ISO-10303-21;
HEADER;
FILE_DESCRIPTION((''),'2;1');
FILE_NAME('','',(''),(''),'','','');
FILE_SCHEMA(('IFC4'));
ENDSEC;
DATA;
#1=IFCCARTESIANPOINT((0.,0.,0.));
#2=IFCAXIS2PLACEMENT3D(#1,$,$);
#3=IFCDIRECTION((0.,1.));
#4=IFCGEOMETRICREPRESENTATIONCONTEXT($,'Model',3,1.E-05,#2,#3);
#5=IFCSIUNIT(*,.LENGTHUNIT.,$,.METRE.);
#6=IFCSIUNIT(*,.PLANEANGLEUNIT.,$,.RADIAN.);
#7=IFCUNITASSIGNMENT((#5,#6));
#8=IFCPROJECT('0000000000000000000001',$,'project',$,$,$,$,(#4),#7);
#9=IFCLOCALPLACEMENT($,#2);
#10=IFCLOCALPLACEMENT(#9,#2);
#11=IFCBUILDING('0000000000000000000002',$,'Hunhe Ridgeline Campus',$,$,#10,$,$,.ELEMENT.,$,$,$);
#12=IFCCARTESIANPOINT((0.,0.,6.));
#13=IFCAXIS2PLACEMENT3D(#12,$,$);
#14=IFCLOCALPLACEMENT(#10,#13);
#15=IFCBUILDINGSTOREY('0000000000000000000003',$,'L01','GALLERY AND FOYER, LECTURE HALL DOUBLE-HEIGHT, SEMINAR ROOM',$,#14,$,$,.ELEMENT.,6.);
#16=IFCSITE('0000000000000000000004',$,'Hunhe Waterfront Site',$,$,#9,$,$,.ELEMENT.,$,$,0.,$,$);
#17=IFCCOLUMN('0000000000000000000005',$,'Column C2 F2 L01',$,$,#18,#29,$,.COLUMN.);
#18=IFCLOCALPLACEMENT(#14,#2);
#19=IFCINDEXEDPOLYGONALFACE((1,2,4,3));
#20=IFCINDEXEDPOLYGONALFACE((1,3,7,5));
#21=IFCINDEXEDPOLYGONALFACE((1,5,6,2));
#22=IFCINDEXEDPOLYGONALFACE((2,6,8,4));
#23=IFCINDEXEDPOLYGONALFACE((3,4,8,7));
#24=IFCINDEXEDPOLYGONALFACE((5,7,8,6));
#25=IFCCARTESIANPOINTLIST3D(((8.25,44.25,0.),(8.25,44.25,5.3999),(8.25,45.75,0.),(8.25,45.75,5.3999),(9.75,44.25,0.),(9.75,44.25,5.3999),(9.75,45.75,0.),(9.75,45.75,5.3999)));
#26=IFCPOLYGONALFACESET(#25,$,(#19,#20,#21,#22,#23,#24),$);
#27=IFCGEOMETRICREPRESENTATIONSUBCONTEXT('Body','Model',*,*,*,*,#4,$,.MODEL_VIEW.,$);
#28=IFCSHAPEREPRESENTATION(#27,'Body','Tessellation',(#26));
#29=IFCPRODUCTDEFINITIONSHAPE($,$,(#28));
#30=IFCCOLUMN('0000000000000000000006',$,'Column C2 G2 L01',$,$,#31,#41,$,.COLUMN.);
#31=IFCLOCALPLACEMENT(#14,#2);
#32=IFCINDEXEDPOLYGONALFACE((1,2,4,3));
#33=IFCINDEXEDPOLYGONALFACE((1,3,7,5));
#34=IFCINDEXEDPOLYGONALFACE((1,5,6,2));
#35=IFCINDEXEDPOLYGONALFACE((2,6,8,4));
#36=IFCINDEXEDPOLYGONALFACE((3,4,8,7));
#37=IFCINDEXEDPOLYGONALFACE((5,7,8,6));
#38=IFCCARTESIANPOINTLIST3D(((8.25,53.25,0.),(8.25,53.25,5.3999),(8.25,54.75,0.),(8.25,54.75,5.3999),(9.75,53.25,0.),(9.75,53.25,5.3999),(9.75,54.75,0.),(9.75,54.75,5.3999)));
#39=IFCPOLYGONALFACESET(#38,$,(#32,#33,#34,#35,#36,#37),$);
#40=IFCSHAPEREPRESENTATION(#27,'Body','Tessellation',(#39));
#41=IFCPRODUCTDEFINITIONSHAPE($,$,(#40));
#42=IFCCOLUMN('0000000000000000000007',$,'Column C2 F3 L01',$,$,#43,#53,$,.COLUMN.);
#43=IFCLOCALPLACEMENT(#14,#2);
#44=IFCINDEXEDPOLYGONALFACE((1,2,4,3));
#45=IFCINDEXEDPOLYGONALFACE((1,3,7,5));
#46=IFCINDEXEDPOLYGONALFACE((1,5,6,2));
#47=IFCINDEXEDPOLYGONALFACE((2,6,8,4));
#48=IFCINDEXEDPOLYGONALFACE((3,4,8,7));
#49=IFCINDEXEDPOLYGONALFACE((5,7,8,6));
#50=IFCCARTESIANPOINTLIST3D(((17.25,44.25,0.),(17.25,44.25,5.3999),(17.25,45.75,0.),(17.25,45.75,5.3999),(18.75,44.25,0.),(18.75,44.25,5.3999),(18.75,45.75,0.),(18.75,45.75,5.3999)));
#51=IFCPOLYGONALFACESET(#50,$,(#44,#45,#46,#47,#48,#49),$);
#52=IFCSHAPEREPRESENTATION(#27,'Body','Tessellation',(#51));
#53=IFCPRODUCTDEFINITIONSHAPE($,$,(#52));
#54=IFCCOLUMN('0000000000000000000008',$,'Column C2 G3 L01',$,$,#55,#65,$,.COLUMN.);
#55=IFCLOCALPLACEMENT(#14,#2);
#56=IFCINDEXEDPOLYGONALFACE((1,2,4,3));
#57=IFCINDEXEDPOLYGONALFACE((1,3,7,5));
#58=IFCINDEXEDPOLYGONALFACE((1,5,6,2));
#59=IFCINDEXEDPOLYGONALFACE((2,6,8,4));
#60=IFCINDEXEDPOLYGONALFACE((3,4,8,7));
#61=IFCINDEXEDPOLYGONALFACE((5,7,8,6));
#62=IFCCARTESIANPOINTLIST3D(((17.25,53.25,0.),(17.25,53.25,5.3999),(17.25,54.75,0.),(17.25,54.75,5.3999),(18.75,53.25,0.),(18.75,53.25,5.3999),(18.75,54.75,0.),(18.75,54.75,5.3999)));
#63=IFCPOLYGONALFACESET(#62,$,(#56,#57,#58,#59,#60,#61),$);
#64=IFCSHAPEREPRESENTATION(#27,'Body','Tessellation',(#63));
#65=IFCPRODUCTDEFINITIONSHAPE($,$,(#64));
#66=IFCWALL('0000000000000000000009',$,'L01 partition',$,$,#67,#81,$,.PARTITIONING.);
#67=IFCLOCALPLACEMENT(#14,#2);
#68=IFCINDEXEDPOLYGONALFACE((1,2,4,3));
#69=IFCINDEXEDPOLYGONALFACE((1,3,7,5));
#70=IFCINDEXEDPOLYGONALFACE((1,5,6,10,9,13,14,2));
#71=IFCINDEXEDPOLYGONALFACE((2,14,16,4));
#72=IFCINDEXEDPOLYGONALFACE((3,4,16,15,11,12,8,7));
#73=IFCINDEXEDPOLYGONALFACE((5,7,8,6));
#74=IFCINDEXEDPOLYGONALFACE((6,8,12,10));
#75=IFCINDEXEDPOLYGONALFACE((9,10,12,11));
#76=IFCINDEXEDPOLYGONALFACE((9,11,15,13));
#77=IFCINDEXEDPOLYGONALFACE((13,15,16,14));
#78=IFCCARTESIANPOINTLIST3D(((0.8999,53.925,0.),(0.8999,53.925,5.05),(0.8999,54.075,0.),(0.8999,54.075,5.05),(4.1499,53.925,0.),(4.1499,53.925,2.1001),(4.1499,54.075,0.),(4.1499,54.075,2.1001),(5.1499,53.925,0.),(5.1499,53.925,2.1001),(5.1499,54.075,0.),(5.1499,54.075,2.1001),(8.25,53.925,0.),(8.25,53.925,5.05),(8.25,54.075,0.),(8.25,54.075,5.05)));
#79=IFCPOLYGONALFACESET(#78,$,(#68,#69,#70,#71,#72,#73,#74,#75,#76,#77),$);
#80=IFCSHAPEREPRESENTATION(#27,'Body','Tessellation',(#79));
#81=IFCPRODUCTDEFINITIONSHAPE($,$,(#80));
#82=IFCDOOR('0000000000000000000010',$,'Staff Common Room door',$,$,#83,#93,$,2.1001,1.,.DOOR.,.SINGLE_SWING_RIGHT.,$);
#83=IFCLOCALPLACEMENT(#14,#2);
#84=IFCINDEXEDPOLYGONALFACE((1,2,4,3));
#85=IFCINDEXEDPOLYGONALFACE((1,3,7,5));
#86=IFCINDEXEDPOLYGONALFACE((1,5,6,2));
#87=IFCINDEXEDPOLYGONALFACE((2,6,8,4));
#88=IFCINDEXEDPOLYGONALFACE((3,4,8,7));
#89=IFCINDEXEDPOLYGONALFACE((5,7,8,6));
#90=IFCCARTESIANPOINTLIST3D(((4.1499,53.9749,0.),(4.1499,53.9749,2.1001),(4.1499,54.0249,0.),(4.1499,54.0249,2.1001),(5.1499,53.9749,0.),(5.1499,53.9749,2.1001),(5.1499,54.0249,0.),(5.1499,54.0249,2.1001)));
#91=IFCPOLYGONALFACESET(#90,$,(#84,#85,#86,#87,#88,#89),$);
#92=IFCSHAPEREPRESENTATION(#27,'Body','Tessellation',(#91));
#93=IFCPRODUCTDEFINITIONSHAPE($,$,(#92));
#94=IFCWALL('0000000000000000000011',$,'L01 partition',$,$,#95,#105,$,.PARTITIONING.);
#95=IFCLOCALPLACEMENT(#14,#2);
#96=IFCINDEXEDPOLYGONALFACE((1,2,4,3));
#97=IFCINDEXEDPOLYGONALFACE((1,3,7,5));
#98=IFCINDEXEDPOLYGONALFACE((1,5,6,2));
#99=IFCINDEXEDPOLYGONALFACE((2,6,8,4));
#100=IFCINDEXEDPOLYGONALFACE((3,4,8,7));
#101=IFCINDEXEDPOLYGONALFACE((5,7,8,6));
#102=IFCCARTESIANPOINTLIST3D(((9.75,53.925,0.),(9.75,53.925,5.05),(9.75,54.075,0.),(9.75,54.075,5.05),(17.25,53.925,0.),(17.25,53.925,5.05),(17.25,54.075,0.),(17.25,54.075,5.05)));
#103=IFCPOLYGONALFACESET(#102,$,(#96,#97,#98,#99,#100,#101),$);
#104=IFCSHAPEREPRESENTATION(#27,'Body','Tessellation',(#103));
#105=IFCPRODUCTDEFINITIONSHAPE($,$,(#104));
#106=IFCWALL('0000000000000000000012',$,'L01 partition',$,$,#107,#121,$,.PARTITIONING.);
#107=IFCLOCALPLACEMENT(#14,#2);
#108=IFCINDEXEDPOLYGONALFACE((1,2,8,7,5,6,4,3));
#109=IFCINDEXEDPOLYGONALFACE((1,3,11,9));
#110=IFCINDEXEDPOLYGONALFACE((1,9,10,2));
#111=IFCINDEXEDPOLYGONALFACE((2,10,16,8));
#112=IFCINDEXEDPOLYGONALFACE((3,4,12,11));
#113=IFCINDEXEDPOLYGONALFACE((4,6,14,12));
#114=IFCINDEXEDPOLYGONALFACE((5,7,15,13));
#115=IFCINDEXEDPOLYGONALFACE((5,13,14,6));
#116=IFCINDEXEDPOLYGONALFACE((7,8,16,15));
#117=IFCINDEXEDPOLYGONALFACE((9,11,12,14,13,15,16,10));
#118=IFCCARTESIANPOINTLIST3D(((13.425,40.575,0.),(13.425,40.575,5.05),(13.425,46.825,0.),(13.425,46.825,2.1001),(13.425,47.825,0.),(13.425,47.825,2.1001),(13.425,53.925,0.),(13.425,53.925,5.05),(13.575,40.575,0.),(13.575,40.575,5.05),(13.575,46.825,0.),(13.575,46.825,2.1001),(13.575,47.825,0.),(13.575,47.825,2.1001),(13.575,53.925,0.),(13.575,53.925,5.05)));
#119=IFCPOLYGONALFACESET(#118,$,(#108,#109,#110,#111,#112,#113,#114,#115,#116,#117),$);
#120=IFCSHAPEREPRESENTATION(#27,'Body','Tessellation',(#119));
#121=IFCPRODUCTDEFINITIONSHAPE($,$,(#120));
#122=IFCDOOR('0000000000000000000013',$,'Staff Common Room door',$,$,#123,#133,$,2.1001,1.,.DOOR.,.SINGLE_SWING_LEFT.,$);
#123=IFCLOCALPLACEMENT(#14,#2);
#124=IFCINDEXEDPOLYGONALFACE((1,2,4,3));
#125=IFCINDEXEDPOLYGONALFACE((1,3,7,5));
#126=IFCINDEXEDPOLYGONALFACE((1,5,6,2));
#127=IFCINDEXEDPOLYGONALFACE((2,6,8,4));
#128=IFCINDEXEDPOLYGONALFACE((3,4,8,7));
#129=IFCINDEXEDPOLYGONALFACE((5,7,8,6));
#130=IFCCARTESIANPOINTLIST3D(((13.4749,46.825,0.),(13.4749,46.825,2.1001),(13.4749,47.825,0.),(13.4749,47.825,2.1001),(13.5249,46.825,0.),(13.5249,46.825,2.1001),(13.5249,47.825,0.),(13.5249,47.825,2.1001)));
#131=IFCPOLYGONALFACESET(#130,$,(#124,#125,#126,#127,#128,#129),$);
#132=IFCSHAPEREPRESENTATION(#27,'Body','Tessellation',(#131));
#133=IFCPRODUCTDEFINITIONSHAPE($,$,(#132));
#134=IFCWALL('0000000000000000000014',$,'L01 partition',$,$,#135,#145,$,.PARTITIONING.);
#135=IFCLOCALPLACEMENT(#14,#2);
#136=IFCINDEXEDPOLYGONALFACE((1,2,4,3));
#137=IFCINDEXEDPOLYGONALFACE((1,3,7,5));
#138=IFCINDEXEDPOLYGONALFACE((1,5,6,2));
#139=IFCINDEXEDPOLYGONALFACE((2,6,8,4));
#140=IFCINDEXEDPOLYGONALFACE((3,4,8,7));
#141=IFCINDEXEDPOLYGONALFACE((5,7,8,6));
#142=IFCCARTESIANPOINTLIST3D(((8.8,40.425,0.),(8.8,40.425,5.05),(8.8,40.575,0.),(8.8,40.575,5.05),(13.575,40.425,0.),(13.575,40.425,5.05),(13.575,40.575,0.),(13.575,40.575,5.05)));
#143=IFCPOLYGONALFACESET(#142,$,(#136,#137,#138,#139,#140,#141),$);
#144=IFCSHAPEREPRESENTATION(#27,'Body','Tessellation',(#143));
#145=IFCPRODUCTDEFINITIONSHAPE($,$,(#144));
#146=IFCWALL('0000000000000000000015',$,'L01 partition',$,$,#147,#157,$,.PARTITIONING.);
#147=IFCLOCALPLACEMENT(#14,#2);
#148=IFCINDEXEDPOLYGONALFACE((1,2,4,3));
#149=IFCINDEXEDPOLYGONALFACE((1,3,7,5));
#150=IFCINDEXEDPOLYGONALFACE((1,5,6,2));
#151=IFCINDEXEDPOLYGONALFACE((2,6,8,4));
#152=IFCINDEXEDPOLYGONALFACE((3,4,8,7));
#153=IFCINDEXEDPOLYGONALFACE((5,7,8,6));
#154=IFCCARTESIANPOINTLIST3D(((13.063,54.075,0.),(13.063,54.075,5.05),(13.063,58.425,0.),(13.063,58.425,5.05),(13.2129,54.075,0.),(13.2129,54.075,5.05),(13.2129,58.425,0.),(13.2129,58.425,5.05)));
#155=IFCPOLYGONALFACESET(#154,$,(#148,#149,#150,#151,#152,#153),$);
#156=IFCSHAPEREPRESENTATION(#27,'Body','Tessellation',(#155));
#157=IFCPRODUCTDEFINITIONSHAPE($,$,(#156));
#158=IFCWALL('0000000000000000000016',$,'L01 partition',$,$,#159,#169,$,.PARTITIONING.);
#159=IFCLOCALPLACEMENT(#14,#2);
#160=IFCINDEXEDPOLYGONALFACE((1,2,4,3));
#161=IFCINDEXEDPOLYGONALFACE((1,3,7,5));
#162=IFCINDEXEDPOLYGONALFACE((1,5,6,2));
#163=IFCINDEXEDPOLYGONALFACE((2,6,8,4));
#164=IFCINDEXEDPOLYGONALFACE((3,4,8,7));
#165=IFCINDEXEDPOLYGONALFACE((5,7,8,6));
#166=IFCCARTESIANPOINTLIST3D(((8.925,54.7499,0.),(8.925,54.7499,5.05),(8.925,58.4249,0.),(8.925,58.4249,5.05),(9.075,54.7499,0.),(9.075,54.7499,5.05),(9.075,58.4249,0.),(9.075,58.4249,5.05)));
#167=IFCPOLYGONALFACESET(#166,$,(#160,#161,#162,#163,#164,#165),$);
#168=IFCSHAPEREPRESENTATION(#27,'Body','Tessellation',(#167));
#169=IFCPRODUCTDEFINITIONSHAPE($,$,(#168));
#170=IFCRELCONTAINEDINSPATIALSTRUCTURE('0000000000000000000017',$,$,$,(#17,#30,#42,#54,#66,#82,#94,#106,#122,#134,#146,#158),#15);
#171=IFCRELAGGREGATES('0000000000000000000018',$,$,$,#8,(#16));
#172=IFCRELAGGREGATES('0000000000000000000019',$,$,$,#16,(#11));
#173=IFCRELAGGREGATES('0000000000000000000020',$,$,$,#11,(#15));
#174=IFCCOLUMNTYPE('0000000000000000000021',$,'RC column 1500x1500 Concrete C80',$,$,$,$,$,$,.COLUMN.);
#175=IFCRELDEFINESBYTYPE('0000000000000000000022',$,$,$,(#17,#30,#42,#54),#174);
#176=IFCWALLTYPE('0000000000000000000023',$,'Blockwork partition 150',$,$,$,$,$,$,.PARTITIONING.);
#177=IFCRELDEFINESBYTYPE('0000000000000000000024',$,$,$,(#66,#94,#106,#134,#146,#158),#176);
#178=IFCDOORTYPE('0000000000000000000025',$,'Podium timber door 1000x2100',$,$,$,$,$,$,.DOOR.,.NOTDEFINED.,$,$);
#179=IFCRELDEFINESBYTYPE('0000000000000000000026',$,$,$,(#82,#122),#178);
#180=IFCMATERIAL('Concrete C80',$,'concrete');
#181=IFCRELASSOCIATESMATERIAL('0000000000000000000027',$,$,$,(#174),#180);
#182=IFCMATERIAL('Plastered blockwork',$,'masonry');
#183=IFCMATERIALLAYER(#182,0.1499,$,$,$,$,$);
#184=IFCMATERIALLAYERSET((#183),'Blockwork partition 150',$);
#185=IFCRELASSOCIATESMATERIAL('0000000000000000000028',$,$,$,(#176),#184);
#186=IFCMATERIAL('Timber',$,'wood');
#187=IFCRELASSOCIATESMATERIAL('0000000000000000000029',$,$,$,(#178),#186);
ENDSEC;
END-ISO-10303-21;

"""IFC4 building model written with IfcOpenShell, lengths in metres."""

from ifc_helpers import new_model, si_unit, direction, frame, frame_2d, origin, origin_2d, place, context, subcontext, project, spatial, rectangle, extrude, material, layer, layer_set, material_profile, profile_set, type_object, element, fill, save


model = new_model("IFC4")

# Units and contexts
model_context = context("Model", 3, precision=1e-05, world=origin(), true_north=direction((0.0, 1.0)))
body_context = subcontext(model_context, "Body", "Model", "MODEL_VIEW")
ifc_project = project(units=[si_unit("LENGTHUNIT", "METRE"), si_unit("PLANEANGLEUNIT", "RADIAN")], contexts=[model_context])

# Site, building, storey
site_placement = place(None, origin())
site = spatial("IfcSite", under=ifc_project, at=site_placement, Name="Hunhe Waterfront Site", CompositionType="ELEMENT", RefElevation=0.0)
building_placement = place(site_placement, origin())
building = spatial("IfcBuilding", under=site, at=building_placement, Name="Hunhe Ridgeline Campus", CompositionType="ELEMENT")
storey_placement = place(building_placement, frame((0.0, 0.0, 6.0)))
storey = spatial("IfcBuildingStorey", under=building, at=storey_placement, Name="L01", Description="GALLERY AND FOYER, LECTURE HALL DOUBLE-HEIGHT, SEMINAR ROOM", CompositionType="ELEMENT", Elevation=6.0)

# Columns
ifc_material_1 = material(Name="Concrete C80", Category="concrete")
ifc_material_profile = material_profile(ifc_material_1, rectangle(XDim=1.5, YDim=1.5, at=origin_2d()))
ifc_profile_set = profile_set([ifc_material_profile], Name="Concrete C80")
column_type = type_object("IfcColumnType", Name="RC column 1500x1500 Concrete C80", PredefinedType="COLUMN", material=ifc_profile_set)
for number, where, z_axis, x_axis, name in (
    (1, (9.0, 45.0, 0.0), (0.0, 0.0, 1.0), (1.0, 0.0, 0.0), "Column C2 F2 L01"),
    (2, (9.0, 54.0, 0.0), (0.0, 0.0, 1.0), (1.0, 0.0, 0.0), "Column C2 G2 L01"),
    (3, (18.0, 45.0, 0.0), (0.0, 0.0, 1.0), (1.0, 0.0, 0.0), "Column C2 F3 L01"),
    (4, (18.0, 54.0, 0.0), (0.0, 0.0, 1.0), (1.0, 0.0, 0.0), "Column C2 G3 L01"),
):
    element("IfcColumn", number, at=place(storey_placement, frame(where, z_axis=z_axis, x_axis=x_axis)), inside=storey, type_object=column_type, Name=name, PredefinedType="COLUMN", context=body_context, shape_type="SweptSolid", body=[
        extrude(rectangle(XDim=1.5, YDim=1.5, at=origin_2d()), origin(), (0.0, 0.0, 1.0), 5.3999),
    ])

# Wall, opening, door
ifc_material_2 = material(Name="Plastered blockwork", Category="masonry")
ifc_layer_1 = layer(ifc_material_2, 0.1499)
ifc_layer_set_1 = layer_set([ifc_layer_1], Name="Blockwork partition 150")
wall_type_1 = type_object("IfcWallType", Name="Blockwork partition 150", PredefinedType="PARTITIONING", material=ifc_layer_set_1)
wall_1_placement = place(storey_placement, frame((0.8999, 54.0, 0.0), z_axis=(0.0, 0.0, 1.0), x_axis=(1.0, 0.0, 0.0)))
wall_1 = element("IfcWall", 5, at=wall_1_placement, inside=storey, type_object=wall_type_1, Name="L01 partition", PredefinedType="PARTITIONING", context=body_context, shape_type="SweptSolid", body=[
    extrude(rectangle(XDim=7.3501, YDim=0.1499, at=frame_2d((3.675, 0.0))), origin(), (0.0, 0.0, 1.0), 5.05),
])
opening_1_placement = place(wall_1_placement, frame((3.25, 0.0, 0.0)))
opening_1 = element("IfcOpeningElement", 6, at=opening_1_placement, cuts=wall_1, PredefinedType="OPENING", context=body_context, shape_type="SweptSolid", body=[
    extrude(rectangle(XDim=1.0, YDim=2.1001, at=frame_2d((0.5, 1.05))), frame((0.0, 0.075, 0.0), z_axis=(0.0, -1.0, 0.0), x_axis=(1.0, 0.0, 0.0)), (0.0, 0.0, 1.0), 0.1499),
])
ifc_material_3 = material(Name="Timber", Category="wood")
door_type_1 = type_object("IfcDoorType", Name="Podium timber door 1000x2100", OperationType="NOTDEFINED", PredefinedType="DOOR", material=ifc_material_3)
door_1_placement = place(opening_1_placement, origin())
door_1 = element("IfcDoor", 7, at=door_1_placement, inside=storey, type_object=door_type_1, Name="Staff Common Room door", OperationType="SINGLE_SWING_RIGHT", OverallHeight=2.1001, OverallWidth=1.0, PredefinedType="DOOR", context=body_context, shape_type="SweptSolid", body=[
    extrude(rectangle(XDim=1.0, YDim=2.1001, at=frame_2d((0.5, 1.05))), frame((0.0, 0.0249, 0.0), z_axis=(0.0, -1.0, 0.0), x_axis=(1.0, 0.0, 0.0)), (0.0, 0.0, 1.0), 0.05),
])
fill(opening_1, door_1)

# Wall
wall_2_placement = place(storey_placement, frame((9.75, 54.0, 0.0), z_axis=(0.0, 0.0, 1.0), x_axis=(1.0, 0.0, 0.0)))
element("IfcWall", 8, at=wall_2_placement, inside=storey, type_object=wall_type_1, Name="L01 partition", PredefinedType="PARTITIONING", context=body_context, shape_type="SweptSolid", body=[
    extrude(rectangle(XDim=7.5, YDim=0.1499, at=frame_2d((3.75, 0.0))), origin(), (0.0, 0.0, 1.0), 5.05),
])

# Wall, opening, door
wall_3_placement = place(storey_placement, frame((13.5, 53.925, 0.0), z_axis=(0.0, 0.0, 1.0), x_axis=(0.0, -1.0, 0.0)))
wall_3 = element("IfcWall", 9, at=wall_3_placement, inside=storey, type_object=wall_type_1, Name="L01 partition", PredefinedType="PARTITIONING", context=body_context, shape_type="SweptSolid", body=[
    extrude(rectangle(XDim=13.3501, YDim=0.1499, at=frame_2d((6.675, 0.0))), origin(), (0.0, 0.0, 1.0), 5.05),
])
opening_2_placement = place(wall_3_placement, frame((6.1001, 0.0, 0.0)))
opening_2 = element("IfcOpeningElement", 10, at=opening_2_placement, cuts=wall_3, PredefinedType="OPENING", context=body_context, shape_type="SweptSolid", body=[
    extrude(rectangle(XDim=1.0, YDim=2.1001, at=frame_2d((0.5, 1.05))), frame((0.0, 0.075, 0.0), z_axis=(0.0, -1.0, 0.0), x_axis=(1.0, 0.0, 0.0)), (0.0, 0.0, 1.0), 0.1499),
])
door_2_placement = place(opening_2_placement, origin())
door_2 = element("IfcDoor", 11, at=door_2_placement, inside=storey, type_object=door_type_1, Name="Staff Common Room door", OperationType="SINGLE_SWING_LEFT", OverallHeight=2.1001, OverallWidth=1.0, PredefinedType="DOOR", context=body_context, shape_type="SweptSolid", body=[
    extrude(rectangle(XDim=1.0, YDim=2.1001, at=frame_2d((0.5, 1.05))), frame((0.0, 0.0249, 0.0), z_axis=(0.0, -1.0, 0.0), x_axis=(1.0, 0.0, 0.0)), (0.0, 0.0, 1.0), 0.05),
])
fill(opening_2, door_2)

# Walls
wall_4_placement = place(storey_placement, frame((13.575, 40.5, 0.0), z_axis=(0.0, 0.0, 1.0), x_axis=(-1.0, 0.0, 0.0)))
element("IfcWall", 12, at=wall_4_placement, inside=storey, type_object=wall_type_1, Name="L01 partition", PredefinedType="PARTITIONING", context=body_context, shape_type="SweptSolid", body=[
    extrude(rectangle(XDim=4.7749, YDim=0.1499, at=frame_2d((2.3875, 0.0))), origin(), (0.0, 0.0, 1.0), 5.05),
])
wall_5_placement = place(storey_placement, frame((13.1379, 54.075, 0.0), z_axis=(0.0, 0.0, 1.0), x_axis=(0.0, 1.0, 0.0)))
element("IfcWall", 13, at=wall_5_placement, inside=storey, type_object=wall_type_1, Name="L01 partition", PredefinedType="PARTITIONING", context=body_context, shape_type="SweptSolid", body=[
    extrude(rectangle(XDim=4.3501, YDim=0.1499, at=frame_2d((2.175, 0.0))), origin(), (0.0, 0.0, 1.0), 5.05),
])
wall_6_placement = place(storey_placement, frame((9.0, 54.75, 0.0), z_axis=(0.0, 0.0, 1.0), x_axis=(0.0, 1.0, 0.0)))
element("IfcWall", 14, at=wall_6_placement, inside=storey, type_object=wall_type_1, Name="L01 partition", PredefinedType="PARTITIONING", context=body_context, shape_type="SweptSolid", body=[
    extrude(rectangle(XDim=3.675, YDim=0.1499, at=frame_2d((1.8374, 0.0))), origin(), (0.0, 0.0, 1.0), 5.05),
])

save(model, "model.ifc")
